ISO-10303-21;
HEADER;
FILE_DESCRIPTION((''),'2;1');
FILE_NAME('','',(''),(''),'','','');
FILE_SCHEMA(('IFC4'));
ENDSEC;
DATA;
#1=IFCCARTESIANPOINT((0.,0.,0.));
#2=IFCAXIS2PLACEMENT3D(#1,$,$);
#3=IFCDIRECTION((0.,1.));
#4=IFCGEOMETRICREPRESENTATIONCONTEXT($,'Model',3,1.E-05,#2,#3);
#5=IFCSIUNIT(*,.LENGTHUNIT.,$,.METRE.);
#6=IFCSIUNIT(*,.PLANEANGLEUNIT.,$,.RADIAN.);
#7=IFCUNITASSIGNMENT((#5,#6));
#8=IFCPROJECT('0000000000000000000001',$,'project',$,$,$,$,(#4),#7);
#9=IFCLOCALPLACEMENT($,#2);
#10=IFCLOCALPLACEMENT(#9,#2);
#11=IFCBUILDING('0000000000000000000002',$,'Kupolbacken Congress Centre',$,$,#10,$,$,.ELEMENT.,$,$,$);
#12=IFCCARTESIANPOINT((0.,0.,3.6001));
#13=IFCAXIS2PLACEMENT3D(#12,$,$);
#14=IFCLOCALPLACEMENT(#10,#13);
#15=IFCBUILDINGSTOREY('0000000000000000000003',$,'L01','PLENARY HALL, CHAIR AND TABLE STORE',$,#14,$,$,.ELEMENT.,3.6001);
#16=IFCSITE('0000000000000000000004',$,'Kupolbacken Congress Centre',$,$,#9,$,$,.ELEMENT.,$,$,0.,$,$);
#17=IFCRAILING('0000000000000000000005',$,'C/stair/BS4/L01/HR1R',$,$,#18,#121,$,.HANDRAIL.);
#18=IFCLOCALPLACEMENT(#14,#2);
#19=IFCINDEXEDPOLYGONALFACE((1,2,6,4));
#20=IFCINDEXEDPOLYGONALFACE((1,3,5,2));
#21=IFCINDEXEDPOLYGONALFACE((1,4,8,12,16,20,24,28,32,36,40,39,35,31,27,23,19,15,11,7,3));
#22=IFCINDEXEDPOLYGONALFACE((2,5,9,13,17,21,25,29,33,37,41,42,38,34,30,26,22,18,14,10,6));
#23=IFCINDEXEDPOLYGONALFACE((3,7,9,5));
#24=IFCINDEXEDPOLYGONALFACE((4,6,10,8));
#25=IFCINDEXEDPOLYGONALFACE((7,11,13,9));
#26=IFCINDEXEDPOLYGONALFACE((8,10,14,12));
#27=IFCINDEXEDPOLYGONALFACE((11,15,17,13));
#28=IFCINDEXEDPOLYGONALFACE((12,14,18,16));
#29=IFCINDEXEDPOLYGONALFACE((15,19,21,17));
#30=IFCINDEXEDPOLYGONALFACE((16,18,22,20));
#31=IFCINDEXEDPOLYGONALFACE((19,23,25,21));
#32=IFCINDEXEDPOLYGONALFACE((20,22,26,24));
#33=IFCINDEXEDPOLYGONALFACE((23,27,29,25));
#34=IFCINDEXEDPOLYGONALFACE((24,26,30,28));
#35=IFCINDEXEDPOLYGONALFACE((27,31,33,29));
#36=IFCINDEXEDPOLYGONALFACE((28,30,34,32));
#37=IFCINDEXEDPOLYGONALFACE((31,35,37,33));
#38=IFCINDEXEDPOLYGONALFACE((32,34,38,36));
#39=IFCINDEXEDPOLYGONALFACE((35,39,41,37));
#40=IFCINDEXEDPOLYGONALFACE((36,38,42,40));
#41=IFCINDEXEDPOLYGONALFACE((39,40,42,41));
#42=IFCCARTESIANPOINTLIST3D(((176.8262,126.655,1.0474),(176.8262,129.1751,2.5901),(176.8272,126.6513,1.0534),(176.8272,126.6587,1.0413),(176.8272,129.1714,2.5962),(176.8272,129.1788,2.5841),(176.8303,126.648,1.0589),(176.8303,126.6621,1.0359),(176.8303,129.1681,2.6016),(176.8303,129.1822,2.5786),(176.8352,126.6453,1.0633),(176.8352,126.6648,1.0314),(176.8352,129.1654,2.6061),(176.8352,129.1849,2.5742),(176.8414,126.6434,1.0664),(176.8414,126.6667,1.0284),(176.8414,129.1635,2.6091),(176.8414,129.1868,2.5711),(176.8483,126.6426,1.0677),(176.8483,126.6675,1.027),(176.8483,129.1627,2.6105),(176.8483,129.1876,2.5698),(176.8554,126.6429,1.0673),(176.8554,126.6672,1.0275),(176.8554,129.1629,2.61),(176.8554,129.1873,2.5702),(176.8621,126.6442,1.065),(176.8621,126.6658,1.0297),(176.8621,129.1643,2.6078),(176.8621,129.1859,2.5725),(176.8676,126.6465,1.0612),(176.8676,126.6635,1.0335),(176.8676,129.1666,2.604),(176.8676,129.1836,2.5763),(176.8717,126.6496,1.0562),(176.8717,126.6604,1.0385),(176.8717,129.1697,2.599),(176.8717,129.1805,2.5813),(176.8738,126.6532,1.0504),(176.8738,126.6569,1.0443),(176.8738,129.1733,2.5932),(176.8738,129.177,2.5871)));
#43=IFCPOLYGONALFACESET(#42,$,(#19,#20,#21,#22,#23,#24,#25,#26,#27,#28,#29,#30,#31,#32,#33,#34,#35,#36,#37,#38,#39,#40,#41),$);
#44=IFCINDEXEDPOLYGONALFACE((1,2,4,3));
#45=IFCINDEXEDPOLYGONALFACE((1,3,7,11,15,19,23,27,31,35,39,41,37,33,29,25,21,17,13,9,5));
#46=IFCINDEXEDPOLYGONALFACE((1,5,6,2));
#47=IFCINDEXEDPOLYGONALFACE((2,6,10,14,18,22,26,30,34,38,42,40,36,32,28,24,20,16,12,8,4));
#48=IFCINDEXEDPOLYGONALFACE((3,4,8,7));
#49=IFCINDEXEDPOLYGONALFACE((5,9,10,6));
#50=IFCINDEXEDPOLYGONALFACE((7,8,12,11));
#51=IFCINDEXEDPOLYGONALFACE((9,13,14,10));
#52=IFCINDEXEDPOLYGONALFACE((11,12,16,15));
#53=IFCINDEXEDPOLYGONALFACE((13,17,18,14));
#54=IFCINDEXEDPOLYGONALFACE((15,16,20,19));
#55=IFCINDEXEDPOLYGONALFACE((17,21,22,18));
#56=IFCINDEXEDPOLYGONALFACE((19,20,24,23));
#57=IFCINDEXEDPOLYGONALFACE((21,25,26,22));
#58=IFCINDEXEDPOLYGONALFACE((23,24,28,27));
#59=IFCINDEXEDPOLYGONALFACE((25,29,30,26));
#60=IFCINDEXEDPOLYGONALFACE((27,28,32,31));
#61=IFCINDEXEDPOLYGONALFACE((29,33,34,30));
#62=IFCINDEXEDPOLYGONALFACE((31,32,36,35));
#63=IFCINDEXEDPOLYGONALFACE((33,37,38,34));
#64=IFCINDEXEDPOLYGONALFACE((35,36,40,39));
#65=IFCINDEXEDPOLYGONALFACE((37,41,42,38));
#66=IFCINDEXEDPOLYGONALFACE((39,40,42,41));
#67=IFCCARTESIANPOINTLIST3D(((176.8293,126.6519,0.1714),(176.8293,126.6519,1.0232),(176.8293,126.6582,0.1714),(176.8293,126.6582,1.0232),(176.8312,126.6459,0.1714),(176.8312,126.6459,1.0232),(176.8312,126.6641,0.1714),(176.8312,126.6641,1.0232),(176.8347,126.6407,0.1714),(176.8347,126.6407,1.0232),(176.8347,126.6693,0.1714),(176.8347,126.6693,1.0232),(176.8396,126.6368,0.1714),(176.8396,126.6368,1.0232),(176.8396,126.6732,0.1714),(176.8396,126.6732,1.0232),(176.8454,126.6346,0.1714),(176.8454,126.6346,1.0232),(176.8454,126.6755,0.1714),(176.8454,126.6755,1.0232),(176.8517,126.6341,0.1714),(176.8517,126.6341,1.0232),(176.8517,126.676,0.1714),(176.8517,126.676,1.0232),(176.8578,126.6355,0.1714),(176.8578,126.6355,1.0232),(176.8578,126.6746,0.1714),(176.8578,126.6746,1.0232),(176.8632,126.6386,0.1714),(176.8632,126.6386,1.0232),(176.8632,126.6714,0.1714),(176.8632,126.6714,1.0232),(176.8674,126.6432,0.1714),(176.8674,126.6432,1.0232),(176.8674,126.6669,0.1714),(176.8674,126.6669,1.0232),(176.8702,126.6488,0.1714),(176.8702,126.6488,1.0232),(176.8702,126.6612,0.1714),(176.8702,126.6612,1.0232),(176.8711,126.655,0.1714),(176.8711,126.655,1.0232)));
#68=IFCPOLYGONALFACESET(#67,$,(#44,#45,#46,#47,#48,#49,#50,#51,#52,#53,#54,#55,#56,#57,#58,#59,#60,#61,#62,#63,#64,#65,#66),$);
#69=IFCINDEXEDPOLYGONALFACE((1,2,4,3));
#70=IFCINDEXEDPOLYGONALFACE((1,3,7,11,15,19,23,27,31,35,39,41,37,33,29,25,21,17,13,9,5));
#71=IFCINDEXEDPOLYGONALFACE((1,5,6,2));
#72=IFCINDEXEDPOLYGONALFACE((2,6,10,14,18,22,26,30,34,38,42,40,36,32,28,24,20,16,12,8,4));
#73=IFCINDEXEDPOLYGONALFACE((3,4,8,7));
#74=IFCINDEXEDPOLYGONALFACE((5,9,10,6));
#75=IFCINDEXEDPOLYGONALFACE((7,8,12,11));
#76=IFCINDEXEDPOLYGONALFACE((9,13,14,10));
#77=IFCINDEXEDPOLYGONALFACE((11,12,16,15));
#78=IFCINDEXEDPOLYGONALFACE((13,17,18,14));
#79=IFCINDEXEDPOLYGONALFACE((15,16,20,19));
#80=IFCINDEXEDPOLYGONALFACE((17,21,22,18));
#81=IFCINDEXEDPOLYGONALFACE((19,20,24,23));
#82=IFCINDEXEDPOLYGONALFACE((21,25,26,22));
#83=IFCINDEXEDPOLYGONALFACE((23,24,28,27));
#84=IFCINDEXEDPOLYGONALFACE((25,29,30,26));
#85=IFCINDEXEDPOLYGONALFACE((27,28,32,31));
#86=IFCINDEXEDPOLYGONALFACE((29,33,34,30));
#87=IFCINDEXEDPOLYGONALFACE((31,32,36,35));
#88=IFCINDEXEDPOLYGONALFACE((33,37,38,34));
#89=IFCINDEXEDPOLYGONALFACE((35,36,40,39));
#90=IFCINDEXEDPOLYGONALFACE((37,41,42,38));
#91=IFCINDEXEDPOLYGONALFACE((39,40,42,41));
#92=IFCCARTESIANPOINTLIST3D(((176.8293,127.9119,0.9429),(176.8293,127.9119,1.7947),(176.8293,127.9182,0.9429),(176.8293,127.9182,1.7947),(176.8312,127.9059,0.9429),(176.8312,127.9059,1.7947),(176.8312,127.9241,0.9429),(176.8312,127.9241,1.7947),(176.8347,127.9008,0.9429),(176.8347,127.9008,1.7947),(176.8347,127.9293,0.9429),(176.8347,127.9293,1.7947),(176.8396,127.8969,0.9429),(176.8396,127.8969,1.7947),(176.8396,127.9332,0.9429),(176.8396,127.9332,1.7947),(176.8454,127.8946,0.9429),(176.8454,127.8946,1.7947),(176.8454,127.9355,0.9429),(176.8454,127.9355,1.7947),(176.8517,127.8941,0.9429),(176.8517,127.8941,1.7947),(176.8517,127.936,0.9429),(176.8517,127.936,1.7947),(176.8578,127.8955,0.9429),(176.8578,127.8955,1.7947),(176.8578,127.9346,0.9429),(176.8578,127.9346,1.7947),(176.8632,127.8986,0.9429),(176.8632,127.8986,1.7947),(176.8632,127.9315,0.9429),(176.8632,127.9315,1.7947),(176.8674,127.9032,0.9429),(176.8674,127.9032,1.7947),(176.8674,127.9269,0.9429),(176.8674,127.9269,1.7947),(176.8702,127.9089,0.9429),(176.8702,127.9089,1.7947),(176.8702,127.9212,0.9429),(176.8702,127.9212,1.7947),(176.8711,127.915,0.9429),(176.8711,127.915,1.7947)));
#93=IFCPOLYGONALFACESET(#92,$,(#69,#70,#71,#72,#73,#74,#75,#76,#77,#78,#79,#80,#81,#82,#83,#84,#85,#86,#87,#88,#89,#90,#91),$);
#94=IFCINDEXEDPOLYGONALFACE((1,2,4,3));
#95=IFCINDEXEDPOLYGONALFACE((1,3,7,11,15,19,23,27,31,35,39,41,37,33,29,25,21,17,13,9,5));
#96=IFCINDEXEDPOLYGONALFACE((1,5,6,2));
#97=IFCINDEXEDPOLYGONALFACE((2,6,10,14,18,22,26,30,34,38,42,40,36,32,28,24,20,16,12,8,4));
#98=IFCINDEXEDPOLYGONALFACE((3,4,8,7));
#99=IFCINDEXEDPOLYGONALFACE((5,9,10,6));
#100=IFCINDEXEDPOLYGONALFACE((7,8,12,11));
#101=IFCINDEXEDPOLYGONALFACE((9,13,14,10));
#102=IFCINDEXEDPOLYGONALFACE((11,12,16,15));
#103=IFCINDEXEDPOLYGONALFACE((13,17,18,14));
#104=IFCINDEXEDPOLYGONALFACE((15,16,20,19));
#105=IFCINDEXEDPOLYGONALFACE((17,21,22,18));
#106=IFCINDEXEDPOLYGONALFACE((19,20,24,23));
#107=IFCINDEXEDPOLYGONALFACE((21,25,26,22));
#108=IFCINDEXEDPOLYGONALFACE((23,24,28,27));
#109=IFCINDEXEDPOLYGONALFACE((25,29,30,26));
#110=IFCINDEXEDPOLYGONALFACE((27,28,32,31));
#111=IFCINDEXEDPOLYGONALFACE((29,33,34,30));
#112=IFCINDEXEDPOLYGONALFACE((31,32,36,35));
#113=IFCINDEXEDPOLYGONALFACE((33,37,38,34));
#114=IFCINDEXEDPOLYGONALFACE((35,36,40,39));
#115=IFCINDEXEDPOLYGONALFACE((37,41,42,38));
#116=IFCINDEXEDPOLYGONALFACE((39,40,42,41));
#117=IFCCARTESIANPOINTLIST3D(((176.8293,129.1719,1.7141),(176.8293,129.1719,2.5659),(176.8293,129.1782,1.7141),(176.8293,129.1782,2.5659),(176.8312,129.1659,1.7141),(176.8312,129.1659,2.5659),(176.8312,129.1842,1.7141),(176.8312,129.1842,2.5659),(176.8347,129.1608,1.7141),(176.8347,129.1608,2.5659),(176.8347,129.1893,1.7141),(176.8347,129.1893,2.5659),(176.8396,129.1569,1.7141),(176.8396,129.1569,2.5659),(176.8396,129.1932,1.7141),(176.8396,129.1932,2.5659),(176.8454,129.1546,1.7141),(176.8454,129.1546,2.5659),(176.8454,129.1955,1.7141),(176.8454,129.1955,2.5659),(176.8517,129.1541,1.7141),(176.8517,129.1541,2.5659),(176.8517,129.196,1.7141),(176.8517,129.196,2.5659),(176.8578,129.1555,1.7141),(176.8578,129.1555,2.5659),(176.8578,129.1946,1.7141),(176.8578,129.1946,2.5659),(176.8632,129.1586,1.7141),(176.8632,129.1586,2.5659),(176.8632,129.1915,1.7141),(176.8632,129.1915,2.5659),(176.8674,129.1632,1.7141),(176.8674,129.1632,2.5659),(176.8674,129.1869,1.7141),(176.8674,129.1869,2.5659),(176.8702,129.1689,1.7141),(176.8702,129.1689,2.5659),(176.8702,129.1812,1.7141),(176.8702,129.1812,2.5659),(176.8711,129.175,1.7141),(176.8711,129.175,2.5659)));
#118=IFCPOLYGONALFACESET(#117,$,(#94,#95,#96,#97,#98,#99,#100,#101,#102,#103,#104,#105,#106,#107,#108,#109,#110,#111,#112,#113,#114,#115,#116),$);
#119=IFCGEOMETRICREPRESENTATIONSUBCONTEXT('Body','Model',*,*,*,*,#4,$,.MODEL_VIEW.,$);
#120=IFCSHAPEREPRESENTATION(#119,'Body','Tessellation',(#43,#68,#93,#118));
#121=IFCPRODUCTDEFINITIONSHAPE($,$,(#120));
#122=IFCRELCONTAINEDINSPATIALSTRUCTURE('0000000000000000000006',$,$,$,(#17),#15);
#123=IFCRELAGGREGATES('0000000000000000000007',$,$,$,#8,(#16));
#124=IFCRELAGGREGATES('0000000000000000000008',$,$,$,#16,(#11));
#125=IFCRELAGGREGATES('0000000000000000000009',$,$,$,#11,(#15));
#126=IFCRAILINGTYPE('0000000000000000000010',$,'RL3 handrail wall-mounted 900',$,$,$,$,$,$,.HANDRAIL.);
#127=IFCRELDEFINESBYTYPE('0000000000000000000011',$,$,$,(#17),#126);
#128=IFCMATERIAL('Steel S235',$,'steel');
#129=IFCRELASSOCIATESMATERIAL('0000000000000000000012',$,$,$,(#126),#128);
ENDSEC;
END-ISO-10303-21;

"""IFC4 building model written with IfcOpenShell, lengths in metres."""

from ifc_helpers import new_model, si_unit, direction, frame, origin, origin_2d, place, context, subcontext, project, spatial, circle, extrude, material, type_object, element, save


model = new_model("IFC4")

# Units and contexts
model_context = context("Model", 3, precision=1e-05, world=origin(), true_north=direction((0.0, 1.0)))
body_context = subcontext(model_context, "Body", "Model", "MODEL_VIEW")
ifc_project = project(units=[si_unit("LENGTHUNIT", "METRE"), si_unit("PLANEANGLEUNIT", "RADIAN")], contexts=[model_context])

# Site, building, storey
site_placement = place(None, origin())
site = spatial("IfcSite", under=ifc_project, at=site_placement, Name="Kupolbacken Congress Centre", CompositionType="ELEMENT", RefElevation=0.0)
building_placement = place(site_placement, origin())
building = spatial("IfcBuilding", under=site, at=building_placement, Name="Kupolbacken Congress Centre", CompositionType="ELEMENT")
storey_placement = place(building_placement, frame((0.0, 0.0, 3.6001)))
storey = spatial("IfcBuildingStorey", under=building, at=storey_placement, Name="L01", Description="PLENARY HALL, CHAIR AND TABLE STORE", CompositionType="ELEMENT", Elevation=3.6001)

# Railing
ifc_material_1 = material(Name="Steel S235", Category="steel")
railing_type = type_object("IfcRailingType", Name="RL3 handrail wall-mounted 900", PredefinedType="HANDRAIL", material=ifc_material_1)
for number, where, name in (
    (1, (176.8501, 126.655, 0.1714), "C/stair/BS4/L01/HR1R"),
):
    element("IfcRailing", number, at=place(storey_placement, frame(where)), inside=storey, type_object=railing_type, Name=name, PredefinedType="HANDRAIL", context=body_context, shape_type="SweptSolid", body=[
        extrude(circle(Radius=0.0239, at=origin_2d()), frame((0.0, 0.0, 0.876), z_axis=(0.0, 0.852873, 0.522118), x_axis=(-1.0, 0.0, 0.0)), (0.0, 0.0, 1.0), 2.9548),
        extrude(circle(Radius=0.021, at=origin_2d()), origin(), (0.0, 0.0, 1.0), 0.8518),
        extrude(circle(Radius=0.021, at=origin_2d()), frame((0.0, 1.26, 0.7715)), (0.0, 0.0, 1.0), 0.8518),
        extrude(circle(Radius=0.021, at=origin_2d()), frame((0.0, 2.52, 1.5427)), (0.0, 0.0, 1.0), 0.8518),
    ])

save(model, "model.ifc")
